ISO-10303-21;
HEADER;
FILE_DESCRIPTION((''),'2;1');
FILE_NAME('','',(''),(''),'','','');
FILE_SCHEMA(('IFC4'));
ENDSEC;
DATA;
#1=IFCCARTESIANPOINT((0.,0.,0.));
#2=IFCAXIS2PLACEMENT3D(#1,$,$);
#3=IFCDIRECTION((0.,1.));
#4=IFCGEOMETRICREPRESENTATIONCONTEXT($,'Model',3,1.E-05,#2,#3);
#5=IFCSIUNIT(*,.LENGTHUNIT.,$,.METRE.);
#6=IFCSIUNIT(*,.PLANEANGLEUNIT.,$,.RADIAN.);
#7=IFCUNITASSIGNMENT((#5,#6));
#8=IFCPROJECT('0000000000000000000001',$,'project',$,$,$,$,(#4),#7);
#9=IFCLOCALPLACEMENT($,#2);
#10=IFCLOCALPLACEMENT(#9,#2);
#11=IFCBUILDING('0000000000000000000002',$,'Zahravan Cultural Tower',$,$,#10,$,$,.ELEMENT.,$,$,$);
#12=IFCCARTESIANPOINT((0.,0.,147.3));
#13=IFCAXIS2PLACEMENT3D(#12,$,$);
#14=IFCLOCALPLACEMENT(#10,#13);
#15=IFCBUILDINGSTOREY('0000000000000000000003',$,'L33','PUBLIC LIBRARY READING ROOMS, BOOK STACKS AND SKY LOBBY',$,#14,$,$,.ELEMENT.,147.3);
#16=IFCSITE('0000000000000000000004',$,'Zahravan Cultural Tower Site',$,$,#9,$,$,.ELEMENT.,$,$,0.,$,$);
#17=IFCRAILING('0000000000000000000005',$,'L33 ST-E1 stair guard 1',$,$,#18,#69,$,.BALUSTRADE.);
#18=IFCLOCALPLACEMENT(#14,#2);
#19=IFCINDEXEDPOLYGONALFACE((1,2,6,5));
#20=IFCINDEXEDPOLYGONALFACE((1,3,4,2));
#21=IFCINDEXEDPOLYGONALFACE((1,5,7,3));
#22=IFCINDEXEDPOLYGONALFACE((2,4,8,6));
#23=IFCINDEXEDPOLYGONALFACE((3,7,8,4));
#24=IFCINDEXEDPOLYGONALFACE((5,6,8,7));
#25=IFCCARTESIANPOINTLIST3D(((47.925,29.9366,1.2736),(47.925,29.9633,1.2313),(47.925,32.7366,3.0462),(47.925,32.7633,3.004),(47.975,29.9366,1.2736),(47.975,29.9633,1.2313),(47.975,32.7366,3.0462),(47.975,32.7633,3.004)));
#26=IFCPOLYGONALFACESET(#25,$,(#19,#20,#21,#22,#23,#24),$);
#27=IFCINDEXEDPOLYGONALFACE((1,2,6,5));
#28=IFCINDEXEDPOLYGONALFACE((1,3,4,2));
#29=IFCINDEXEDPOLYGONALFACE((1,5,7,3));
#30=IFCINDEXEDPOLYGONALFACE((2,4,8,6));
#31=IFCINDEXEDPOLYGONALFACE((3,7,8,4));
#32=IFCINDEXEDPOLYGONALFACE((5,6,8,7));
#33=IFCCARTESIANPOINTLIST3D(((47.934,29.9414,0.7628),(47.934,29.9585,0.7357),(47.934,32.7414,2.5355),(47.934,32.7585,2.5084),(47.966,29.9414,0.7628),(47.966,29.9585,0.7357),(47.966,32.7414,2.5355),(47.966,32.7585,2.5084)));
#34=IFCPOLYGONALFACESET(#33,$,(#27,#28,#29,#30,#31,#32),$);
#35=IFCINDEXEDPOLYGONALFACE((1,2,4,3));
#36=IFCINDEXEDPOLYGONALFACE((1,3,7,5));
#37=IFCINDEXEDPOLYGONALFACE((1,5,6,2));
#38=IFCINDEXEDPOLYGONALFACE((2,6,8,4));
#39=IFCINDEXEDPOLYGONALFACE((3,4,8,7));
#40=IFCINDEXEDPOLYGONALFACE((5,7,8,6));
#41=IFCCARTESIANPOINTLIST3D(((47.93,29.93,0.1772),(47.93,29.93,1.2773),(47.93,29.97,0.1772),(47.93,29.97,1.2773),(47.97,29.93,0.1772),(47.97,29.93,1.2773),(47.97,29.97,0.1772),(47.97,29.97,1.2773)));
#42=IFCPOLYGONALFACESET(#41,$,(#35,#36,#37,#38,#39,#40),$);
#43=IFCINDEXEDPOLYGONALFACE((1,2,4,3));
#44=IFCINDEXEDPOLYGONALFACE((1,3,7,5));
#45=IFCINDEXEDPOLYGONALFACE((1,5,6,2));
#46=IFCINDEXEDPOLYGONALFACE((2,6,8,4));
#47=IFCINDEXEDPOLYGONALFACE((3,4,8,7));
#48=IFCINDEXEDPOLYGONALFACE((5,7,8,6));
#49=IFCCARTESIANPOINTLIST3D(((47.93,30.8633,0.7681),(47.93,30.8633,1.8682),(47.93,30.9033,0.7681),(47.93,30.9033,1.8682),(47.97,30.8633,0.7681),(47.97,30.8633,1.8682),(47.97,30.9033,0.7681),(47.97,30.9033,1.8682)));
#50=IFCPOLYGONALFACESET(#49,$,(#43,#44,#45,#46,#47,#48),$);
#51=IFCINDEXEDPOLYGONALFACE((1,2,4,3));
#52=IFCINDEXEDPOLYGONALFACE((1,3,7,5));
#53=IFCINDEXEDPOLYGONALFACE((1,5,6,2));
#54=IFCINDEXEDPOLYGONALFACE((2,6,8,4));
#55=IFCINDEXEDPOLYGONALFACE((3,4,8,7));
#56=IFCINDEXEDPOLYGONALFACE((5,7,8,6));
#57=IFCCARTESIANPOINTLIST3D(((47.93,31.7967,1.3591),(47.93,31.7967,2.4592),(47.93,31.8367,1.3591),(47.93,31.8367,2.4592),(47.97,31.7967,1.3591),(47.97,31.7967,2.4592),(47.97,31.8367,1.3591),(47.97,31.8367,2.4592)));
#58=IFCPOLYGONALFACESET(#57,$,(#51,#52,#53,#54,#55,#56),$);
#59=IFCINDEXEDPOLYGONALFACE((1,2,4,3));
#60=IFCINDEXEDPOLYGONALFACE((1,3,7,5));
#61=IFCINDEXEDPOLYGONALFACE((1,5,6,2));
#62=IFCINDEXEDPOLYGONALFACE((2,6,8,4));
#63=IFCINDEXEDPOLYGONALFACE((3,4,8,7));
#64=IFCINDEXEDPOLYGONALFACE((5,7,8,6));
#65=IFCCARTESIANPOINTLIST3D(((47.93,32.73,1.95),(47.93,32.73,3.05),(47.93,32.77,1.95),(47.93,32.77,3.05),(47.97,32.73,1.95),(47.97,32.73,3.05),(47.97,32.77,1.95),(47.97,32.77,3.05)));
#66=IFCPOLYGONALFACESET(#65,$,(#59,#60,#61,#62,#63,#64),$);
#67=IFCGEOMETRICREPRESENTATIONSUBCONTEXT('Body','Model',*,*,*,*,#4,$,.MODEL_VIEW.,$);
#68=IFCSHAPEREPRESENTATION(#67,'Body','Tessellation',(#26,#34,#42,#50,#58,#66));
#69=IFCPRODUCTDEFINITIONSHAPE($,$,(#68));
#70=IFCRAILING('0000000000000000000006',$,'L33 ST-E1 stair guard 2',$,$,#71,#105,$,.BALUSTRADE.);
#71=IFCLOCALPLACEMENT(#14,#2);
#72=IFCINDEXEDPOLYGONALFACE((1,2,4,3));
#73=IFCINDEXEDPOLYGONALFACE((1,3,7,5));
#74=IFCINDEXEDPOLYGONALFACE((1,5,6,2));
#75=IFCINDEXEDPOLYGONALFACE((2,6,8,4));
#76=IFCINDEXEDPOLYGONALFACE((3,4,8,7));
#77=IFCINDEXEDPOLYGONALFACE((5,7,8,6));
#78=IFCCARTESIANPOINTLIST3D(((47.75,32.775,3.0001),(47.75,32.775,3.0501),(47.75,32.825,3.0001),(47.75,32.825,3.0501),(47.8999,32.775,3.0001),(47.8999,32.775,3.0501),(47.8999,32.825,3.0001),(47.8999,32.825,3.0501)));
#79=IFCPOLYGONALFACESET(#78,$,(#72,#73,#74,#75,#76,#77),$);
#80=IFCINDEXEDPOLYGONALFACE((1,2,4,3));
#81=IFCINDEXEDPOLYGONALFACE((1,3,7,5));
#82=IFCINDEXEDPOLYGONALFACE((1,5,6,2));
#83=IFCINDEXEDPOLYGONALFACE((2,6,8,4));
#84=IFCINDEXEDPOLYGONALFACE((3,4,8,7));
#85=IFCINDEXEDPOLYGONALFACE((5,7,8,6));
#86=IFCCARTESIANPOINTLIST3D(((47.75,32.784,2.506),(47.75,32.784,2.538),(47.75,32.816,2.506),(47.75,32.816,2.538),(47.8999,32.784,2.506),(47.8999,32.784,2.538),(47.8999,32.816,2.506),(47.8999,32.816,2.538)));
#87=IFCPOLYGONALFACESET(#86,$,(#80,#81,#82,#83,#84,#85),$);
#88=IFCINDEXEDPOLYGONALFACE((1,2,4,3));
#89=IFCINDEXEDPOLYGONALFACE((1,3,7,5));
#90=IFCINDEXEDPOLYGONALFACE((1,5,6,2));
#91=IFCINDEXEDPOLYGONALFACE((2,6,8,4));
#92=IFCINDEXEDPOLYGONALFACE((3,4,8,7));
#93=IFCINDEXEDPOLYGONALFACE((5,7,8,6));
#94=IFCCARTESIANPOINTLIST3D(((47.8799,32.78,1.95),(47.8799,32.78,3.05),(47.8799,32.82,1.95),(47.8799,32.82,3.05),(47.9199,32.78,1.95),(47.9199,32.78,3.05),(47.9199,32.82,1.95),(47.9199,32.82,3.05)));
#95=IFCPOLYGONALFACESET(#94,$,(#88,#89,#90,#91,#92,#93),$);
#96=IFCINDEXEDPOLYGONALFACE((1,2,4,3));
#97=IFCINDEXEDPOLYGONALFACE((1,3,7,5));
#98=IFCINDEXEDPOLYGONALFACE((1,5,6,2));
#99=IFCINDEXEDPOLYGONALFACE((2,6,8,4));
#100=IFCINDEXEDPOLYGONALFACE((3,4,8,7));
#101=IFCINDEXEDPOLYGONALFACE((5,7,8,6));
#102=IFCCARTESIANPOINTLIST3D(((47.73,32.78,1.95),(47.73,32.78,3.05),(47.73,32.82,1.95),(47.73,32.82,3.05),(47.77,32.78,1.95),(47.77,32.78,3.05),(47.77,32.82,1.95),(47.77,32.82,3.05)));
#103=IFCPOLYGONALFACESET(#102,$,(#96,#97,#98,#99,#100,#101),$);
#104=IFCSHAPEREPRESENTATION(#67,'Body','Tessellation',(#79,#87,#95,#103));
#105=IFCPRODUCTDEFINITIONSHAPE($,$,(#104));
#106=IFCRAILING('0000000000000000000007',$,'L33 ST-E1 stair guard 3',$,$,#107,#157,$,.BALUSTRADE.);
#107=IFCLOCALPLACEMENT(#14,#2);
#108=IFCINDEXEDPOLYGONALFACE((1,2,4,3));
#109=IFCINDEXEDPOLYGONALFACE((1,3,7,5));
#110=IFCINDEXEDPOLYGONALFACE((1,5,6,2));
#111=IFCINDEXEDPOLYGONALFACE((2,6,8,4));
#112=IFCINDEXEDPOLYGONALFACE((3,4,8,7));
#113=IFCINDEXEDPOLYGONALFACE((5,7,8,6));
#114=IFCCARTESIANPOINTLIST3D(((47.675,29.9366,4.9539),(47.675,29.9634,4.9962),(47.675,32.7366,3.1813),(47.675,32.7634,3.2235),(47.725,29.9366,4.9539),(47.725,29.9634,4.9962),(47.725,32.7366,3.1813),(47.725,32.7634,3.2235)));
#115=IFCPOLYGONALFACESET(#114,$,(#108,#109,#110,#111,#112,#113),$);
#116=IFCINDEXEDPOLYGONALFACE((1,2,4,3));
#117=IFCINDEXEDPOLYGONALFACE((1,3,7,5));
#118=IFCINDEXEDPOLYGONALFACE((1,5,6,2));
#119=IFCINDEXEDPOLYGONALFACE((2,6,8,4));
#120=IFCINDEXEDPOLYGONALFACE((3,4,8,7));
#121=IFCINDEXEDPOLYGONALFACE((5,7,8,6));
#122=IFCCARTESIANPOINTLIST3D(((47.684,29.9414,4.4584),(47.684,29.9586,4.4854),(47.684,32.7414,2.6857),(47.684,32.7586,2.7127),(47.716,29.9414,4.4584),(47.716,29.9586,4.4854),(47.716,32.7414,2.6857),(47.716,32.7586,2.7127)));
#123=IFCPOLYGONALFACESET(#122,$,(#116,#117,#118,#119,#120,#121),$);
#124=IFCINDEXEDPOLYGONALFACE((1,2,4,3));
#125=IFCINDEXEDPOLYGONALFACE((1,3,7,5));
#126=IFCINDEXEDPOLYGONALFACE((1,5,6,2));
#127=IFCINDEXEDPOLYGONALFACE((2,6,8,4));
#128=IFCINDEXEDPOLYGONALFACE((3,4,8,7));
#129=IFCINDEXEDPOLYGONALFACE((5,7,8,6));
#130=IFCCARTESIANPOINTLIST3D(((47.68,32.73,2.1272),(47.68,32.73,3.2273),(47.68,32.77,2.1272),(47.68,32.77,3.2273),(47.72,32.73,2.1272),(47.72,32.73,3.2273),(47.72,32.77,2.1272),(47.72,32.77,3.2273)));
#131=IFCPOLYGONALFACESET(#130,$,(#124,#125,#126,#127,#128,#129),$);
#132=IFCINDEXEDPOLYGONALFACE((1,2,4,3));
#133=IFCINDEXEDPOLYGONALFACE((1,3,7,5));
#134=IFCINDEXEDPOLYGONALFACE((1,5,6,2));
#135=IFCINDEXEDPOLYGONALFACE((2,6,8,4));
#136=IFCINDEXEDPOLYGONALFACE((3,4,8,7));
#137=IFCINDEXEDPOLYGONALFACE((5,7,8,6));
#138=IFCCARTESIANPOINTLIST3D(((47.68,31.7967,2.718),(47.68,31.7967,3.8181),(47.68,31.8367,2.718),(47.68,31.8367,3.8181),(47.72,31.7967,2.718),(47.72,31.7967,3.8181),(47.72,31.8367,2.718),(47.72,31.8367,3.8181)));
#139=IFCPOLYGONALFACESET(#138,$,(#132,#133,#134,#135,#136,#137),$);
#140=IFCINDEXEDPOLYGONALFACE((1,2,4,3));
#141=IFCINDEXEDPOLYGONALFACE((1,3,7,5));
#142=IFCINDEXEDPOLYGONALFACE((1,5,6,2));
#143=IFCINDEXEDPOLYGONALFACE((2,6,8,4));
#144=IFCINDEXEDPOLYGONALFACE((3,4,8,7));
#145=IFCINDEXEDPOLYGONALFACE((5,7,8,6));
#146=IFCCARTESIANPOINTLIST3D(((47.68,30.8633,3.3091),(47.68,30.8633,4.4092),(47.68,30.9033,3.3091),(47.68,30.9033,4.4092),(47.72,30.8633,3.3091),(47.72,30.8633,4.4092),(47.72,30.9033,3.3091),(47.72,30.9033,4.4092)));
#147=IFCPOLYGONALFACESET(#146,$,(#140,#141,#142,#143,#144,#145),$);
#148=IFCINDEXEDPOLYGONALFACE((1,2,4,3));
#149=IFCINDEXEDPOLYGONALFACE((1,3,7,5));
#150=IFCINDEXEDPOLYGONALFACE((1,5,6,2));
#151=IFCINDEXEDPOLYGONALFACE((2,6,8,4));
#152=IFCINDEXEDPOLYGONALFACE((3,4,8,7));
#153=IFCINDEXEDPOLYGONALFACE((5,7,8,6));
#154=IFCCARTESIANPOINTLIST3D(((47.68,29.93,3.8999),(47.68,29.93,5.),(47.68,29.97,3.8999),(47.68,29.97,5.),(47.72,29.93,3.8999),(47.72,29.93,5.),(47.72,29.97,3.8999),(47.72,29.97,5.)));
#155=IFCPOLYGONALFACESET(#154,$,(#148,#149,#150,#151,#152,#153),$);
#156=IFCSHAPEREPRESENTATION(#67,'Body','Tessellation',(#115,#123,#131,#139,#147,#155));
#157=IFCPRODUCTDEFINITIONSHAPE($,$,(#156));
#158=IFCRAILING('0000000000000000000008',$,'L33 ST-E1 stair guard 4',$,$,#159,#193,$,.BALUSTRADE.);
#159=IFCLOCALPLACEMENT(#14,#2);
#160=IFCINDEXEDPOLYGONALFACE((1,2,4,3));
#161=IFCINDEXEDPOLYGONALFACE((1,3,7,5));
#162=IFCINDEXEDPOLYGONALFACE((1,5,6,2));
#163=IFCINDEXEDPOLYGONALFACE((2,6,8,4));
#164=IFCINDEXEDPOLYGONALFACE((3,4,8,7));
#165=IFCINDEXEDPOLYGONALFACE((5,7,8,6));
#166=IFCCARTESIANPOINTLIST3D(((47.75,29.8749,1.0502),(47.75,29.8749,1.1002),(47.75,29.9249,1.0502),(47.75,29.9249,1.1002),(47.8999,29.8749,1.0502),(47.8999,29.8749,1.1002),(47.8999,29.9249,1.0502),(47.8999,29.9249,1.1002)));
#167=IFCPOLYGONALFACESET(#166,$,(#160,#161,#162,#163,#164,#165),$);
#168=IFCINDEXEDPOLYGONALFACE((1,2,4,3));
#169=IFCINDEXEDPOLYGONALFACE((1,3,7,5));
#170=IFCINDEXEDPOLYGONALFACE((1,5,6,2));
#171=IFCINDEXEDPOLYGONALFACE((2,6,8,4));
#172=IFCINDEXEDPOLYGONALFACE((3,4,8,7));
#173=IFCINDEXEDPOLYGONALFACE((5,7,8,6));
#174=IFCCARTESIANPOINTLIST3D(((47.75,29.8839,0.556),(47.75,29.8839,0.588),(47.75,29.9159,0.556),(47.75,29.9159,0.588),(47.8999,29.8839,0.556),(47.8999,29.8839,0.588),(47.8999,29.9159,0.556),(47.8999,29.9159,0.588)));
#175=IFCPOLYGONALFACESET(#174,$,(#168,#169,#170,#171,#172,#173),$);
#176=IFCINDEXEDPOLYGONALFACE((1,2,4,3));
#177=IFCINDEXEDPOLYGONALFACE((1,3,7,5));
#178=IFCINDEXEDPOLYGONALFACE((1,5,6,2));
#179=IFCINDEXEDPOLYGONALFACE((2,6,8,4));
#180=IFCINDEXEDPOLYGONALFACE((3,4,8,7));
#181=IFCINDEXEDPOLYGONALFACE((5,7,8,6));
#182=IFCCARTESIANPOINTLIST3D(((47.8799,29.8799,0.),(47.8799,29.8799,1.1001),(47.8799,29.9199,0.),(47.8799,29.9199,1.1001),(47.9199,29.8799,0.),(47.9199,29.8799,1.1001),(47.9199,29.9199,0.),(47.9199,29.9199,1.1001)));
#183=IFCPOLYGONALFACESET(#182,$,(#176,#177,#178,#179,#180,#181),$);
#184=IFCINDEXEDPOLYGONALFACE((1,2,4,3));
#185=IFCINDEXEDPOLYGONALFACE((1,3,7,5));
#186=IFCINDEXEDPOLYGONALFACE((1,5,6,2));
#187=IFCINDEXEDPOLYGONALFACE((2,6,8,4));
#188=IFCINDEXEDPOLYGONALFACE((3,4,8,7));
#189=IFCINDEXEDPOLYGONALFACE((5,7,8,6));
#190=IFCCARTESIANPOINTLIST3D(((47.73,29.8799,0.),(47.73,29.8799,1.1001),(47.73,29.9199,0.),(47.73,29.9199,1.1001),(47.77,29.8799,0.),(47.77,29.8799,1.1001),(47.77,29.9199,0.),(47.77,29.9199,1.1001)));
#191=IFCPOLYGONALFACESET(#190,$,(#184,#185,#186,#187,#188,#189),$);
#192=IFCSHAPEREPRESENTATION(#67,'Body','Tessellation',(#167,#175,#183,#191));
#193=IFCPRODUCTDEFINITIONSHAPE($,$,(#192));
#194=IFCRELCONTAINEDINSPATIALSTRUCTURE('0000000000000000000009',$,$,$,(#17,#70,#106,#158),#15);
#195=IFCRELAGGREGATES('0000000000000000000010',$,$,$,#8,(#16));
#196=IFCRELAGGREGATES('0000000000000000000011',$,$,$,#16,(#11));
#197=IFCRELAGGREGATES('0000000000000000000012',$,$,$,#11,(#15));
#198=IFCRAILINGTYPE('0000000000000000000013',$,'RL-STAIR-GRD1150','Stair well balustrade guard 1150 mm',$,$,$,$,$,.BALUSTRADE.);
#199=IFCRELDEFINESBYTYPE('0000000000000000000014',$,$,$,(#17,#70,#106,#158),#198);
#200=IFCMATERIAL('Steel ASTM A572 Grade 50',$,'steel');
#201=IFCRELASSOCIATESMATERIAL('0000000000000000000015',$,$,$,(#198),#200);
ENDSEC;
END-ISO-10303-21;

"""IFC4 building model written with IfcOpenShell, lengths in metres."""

from ifc_helpers import new_model, si_unit, direction, frame, origin, origin_2d, place, context, subcontext, project, spatial, rectangle, extrude, material, type_object, element, save


model = new_model("IFC4")

# Units and contexts
model_context = context("Model", 3, precision=1e-05, world=origin(), true_north=direction((0.0, 1.0)))
body_context = subcontext(model_context, "Body", "Model", "MODEL_VIEW")
ifc_project = project(units=[si_unit("LENGTHUNIT", "METRE"), si_unit("PLANEANGLEUNIT", "RADIAN")], contexts=[model_context])

# Site, building, storey
site_placement = place(None, origin())
site = spatial("IfcSite", under=ifc_project, at=site_placement, Name="Zahravan Cultural Tower Site", CompositionType="ELEMENT", RefElevation=0.0)
building_placement = place(site_placement, origin())
building = spatial("IfcBuilding", under=site, at=building_placement, Name="Zahravan Cultural Tower", CompositionType="ELEMENT")
storey_placement = place(building_placement, frame((0.0, 0.0, 147.3)))
storey = spatial("IfcBuildingStorey", under=building, at=storey_placement, Name="L33", Description="PUBLIC LIBRARY READING ROOMS, BOOK STACKS AND SKY LOBBY", CompositionType="ELEMENT", Elevation=147.3)

# Shared definitions
ifc_material_1 = material(Name="Steel ASTM A572 Grade 50", Category="steel")

# Railings
railing_type_1 = type_object("IfcRailingType", Name="RL-STAIR-GRD1150", Description="Stair well balustrade guard 1150 mm", PredefinedType="BALUSTRADE", material=ifc_material_1)
railing_1_placement = place(storey_placement, frame((47.95, 29.95, 0.1772)))
element("IfcRailing", 1, at=railing_1_placement, inside=storey, type_object=railing_type_1, Name="L33 ST-E1 stair guard 1", PredefinedType="BALUSTRADE", context=body_context, shape_type="SweptSolid", body=[
    extrude(rectangle(XDim=0.05, YDim=0.05, at=origin_2d()), frame((0.0, 0.0, 1.0752), z_axis=(0.0, 0.844909, 0.53491), x_axis=(-1.0, 0.0, 0.0)), (0.0, 0.0, 1.0), 3.314),
    extrude(rectangle(XDim=0.032, YDim=0.032, at=origin_2d()), frame((0.0, 0.0, 0.572), z_axis=(0.0, 0.844909, 0.53491), x_axis=(-1.0, 0.0, 0.0)), (0.0, 0.0, 1.0), 3.314),
    extrude(rectangle(XDim=0.04, YDim=0.04, at=origin_2d()), origin(), (0.0, 0.0, 1.0), 1.1001),
    extrude(rectangle(XDim=0.04, YDim=0.04, at=origin_2d()), frame((0.0, 0.9333, 0.5908)), (0.0, 0.0, 1.0), 1.1001),
    extrude(rectangle(XDim=0.04, YDim=0.04, at=origin_2d()), frame((0.0, 1.8667, 1.1819)), (0.0, 0.0, 1.0), 1.1001),
    extrude(rectangle(XDim=0.04, YDim=0.04, at=origin_2d()), frame((0.0, 2.8, 1.7727)), (0.0, 0.0, 1.0), 1.1001),
])
railing_2_placement = place(storey_placement, frame((47.8999, 32.8, 1.95)))
element("IfcRailing", 2, at=railing_2_placement, inside=storey, type_object=railing_type_1, Name="L33 ST-E1 stair guard 2", PredefinedType="BALUSTRADE", context=body_context, shape_type="SweptSolid", body=[
    extrude(rectangle(XDim=0.05, YDim=0.05, at=origin_2d()), frame((0.0, 0.0, 1.0752), z_axis=(-1.0, 0.0, 0.0), x_axis=(0.0, -1.0, 0.0)), (0.0, 0.0, 1.0), 0.1499),
    extrude(rectangle(XDim=0.032, YDim=0.032, at=origin_2d()), frame((0.0, 0.0, 0.572), z_axis=(-1.0, 0.0, 0.0), x_axis=(0.0, -1.0, 0.0)), (0.0, 0.0, 1.0), 0.1499),
    extrude(rectangle(XDim=0.04, YDim=0.04, at=origin_2d()), origin(), (0.0, 0.0, 1.0), 1.1001),
    extrude(rectangle(XDim=0.04, YDim=0.04, at=origin_2d()), frame((-0.1499, 0.0, 0.0)), (0.0, 0.0, 1.0), 1.1001),
])
railing_3_placement = place(storey_placement, frame((47.7, 32.75, 2.1272)))
element("IfcRailing", 3, at=railing_3_placement, inside=storey, type_object=railing_type_1, Name="L33 ST-E1 stair guard 3", PredefinedType="BALUSTRADE", context=body_context, shape_type="SweptSolid", body=[
    extrude(rectangle(XDim=0.05, YDim=0.05, at=origin_2d()), frame((0.0, 0.0, 1.0752), z_axis=(0.0, -0.844909, 0.53491), x_axis=(1.0, 0.0, 0.0)), (0.0, 0.0, 1.0), 3.314),
    extrude(rectangle(XDim=0.032, YDim=0.032, at=origin_2d()), frame((0.0, 0.0, 0.572), z_axis=(0.0, -0.844909, 0.53491), x_axis=(1.0, 0.0, 0.0)), (0.0, 0.0, 1.0), 3.314),
    extrude(rectangle(XDim=0.04, YDim=0.04, at=origin_2d()), origin(), (0.0, 0.0, 1.0), 1.1001),
    extrude(rectangle(XDim=0.04, YDim=0.04, at=origin_2d()), frame((0.0, -0.9333, 0.5908)), (0.0, 0.0, 1.0), 1.1001),
    extrude(rectangle(XDim=0.04, YDim=0.04, at=origin_2d()), frame((0.0, -1.8667, 1.1819)), (0.0, 0.0, 1.0), 1.1001),
    extrude(rectangle(XDim=0.04, YDim=0.04, at=origin_2d()), frame((0.0, -2.8, 1.7727)), (0.0, 0.0, 1.0), 1.1001),
])
railing_4_placement = place(storey_placement, frame((47.8999, 29.8999, 0.0)))
element("IfcRailing", 4, at=railing_4_placement, inside=storey, type_object=railing_type_1, Name="L33 ST-E1 stair guard 4", PredefinedType="BALUSTRADE", context=body_context, shape_type="SweptSolid", body=[
    extrude(rectangle(XDim=0.05, YDim=0.05, at=origin_2d()), frame((0.0, 0.0, 1.0752), z_axis=(-1.0, 0.0, 0.0), x_axis=(0.0, -1.0, 0.0)), (0.0, 0.0, 1.0), 0.1499),
    extrude(rectangle(XDim=0.032, YDim=0.032, at=origin_2d()), frame((0.0, 0.0, 0.572), z_axis=(-1.0, 0.0, 0.0), x_axis=(0.0, -1.0, 0.0)), (0.0, 0.0, 1.0), 0.1499),
    extrude(rectangle(XDim=0.04, YDim=0.04, at=origin_2d()), origin(), (0.0, 0.0, 1.0), 1.1001),
    extrude(rectangle(XDim=0.04, YDim=0.04, at=origin_2d()), frame((-0.1499, 0.0, 0.0)), (0.0, 0.0, 1.0), 1.1001),
])

save(model, "model.ifc")
